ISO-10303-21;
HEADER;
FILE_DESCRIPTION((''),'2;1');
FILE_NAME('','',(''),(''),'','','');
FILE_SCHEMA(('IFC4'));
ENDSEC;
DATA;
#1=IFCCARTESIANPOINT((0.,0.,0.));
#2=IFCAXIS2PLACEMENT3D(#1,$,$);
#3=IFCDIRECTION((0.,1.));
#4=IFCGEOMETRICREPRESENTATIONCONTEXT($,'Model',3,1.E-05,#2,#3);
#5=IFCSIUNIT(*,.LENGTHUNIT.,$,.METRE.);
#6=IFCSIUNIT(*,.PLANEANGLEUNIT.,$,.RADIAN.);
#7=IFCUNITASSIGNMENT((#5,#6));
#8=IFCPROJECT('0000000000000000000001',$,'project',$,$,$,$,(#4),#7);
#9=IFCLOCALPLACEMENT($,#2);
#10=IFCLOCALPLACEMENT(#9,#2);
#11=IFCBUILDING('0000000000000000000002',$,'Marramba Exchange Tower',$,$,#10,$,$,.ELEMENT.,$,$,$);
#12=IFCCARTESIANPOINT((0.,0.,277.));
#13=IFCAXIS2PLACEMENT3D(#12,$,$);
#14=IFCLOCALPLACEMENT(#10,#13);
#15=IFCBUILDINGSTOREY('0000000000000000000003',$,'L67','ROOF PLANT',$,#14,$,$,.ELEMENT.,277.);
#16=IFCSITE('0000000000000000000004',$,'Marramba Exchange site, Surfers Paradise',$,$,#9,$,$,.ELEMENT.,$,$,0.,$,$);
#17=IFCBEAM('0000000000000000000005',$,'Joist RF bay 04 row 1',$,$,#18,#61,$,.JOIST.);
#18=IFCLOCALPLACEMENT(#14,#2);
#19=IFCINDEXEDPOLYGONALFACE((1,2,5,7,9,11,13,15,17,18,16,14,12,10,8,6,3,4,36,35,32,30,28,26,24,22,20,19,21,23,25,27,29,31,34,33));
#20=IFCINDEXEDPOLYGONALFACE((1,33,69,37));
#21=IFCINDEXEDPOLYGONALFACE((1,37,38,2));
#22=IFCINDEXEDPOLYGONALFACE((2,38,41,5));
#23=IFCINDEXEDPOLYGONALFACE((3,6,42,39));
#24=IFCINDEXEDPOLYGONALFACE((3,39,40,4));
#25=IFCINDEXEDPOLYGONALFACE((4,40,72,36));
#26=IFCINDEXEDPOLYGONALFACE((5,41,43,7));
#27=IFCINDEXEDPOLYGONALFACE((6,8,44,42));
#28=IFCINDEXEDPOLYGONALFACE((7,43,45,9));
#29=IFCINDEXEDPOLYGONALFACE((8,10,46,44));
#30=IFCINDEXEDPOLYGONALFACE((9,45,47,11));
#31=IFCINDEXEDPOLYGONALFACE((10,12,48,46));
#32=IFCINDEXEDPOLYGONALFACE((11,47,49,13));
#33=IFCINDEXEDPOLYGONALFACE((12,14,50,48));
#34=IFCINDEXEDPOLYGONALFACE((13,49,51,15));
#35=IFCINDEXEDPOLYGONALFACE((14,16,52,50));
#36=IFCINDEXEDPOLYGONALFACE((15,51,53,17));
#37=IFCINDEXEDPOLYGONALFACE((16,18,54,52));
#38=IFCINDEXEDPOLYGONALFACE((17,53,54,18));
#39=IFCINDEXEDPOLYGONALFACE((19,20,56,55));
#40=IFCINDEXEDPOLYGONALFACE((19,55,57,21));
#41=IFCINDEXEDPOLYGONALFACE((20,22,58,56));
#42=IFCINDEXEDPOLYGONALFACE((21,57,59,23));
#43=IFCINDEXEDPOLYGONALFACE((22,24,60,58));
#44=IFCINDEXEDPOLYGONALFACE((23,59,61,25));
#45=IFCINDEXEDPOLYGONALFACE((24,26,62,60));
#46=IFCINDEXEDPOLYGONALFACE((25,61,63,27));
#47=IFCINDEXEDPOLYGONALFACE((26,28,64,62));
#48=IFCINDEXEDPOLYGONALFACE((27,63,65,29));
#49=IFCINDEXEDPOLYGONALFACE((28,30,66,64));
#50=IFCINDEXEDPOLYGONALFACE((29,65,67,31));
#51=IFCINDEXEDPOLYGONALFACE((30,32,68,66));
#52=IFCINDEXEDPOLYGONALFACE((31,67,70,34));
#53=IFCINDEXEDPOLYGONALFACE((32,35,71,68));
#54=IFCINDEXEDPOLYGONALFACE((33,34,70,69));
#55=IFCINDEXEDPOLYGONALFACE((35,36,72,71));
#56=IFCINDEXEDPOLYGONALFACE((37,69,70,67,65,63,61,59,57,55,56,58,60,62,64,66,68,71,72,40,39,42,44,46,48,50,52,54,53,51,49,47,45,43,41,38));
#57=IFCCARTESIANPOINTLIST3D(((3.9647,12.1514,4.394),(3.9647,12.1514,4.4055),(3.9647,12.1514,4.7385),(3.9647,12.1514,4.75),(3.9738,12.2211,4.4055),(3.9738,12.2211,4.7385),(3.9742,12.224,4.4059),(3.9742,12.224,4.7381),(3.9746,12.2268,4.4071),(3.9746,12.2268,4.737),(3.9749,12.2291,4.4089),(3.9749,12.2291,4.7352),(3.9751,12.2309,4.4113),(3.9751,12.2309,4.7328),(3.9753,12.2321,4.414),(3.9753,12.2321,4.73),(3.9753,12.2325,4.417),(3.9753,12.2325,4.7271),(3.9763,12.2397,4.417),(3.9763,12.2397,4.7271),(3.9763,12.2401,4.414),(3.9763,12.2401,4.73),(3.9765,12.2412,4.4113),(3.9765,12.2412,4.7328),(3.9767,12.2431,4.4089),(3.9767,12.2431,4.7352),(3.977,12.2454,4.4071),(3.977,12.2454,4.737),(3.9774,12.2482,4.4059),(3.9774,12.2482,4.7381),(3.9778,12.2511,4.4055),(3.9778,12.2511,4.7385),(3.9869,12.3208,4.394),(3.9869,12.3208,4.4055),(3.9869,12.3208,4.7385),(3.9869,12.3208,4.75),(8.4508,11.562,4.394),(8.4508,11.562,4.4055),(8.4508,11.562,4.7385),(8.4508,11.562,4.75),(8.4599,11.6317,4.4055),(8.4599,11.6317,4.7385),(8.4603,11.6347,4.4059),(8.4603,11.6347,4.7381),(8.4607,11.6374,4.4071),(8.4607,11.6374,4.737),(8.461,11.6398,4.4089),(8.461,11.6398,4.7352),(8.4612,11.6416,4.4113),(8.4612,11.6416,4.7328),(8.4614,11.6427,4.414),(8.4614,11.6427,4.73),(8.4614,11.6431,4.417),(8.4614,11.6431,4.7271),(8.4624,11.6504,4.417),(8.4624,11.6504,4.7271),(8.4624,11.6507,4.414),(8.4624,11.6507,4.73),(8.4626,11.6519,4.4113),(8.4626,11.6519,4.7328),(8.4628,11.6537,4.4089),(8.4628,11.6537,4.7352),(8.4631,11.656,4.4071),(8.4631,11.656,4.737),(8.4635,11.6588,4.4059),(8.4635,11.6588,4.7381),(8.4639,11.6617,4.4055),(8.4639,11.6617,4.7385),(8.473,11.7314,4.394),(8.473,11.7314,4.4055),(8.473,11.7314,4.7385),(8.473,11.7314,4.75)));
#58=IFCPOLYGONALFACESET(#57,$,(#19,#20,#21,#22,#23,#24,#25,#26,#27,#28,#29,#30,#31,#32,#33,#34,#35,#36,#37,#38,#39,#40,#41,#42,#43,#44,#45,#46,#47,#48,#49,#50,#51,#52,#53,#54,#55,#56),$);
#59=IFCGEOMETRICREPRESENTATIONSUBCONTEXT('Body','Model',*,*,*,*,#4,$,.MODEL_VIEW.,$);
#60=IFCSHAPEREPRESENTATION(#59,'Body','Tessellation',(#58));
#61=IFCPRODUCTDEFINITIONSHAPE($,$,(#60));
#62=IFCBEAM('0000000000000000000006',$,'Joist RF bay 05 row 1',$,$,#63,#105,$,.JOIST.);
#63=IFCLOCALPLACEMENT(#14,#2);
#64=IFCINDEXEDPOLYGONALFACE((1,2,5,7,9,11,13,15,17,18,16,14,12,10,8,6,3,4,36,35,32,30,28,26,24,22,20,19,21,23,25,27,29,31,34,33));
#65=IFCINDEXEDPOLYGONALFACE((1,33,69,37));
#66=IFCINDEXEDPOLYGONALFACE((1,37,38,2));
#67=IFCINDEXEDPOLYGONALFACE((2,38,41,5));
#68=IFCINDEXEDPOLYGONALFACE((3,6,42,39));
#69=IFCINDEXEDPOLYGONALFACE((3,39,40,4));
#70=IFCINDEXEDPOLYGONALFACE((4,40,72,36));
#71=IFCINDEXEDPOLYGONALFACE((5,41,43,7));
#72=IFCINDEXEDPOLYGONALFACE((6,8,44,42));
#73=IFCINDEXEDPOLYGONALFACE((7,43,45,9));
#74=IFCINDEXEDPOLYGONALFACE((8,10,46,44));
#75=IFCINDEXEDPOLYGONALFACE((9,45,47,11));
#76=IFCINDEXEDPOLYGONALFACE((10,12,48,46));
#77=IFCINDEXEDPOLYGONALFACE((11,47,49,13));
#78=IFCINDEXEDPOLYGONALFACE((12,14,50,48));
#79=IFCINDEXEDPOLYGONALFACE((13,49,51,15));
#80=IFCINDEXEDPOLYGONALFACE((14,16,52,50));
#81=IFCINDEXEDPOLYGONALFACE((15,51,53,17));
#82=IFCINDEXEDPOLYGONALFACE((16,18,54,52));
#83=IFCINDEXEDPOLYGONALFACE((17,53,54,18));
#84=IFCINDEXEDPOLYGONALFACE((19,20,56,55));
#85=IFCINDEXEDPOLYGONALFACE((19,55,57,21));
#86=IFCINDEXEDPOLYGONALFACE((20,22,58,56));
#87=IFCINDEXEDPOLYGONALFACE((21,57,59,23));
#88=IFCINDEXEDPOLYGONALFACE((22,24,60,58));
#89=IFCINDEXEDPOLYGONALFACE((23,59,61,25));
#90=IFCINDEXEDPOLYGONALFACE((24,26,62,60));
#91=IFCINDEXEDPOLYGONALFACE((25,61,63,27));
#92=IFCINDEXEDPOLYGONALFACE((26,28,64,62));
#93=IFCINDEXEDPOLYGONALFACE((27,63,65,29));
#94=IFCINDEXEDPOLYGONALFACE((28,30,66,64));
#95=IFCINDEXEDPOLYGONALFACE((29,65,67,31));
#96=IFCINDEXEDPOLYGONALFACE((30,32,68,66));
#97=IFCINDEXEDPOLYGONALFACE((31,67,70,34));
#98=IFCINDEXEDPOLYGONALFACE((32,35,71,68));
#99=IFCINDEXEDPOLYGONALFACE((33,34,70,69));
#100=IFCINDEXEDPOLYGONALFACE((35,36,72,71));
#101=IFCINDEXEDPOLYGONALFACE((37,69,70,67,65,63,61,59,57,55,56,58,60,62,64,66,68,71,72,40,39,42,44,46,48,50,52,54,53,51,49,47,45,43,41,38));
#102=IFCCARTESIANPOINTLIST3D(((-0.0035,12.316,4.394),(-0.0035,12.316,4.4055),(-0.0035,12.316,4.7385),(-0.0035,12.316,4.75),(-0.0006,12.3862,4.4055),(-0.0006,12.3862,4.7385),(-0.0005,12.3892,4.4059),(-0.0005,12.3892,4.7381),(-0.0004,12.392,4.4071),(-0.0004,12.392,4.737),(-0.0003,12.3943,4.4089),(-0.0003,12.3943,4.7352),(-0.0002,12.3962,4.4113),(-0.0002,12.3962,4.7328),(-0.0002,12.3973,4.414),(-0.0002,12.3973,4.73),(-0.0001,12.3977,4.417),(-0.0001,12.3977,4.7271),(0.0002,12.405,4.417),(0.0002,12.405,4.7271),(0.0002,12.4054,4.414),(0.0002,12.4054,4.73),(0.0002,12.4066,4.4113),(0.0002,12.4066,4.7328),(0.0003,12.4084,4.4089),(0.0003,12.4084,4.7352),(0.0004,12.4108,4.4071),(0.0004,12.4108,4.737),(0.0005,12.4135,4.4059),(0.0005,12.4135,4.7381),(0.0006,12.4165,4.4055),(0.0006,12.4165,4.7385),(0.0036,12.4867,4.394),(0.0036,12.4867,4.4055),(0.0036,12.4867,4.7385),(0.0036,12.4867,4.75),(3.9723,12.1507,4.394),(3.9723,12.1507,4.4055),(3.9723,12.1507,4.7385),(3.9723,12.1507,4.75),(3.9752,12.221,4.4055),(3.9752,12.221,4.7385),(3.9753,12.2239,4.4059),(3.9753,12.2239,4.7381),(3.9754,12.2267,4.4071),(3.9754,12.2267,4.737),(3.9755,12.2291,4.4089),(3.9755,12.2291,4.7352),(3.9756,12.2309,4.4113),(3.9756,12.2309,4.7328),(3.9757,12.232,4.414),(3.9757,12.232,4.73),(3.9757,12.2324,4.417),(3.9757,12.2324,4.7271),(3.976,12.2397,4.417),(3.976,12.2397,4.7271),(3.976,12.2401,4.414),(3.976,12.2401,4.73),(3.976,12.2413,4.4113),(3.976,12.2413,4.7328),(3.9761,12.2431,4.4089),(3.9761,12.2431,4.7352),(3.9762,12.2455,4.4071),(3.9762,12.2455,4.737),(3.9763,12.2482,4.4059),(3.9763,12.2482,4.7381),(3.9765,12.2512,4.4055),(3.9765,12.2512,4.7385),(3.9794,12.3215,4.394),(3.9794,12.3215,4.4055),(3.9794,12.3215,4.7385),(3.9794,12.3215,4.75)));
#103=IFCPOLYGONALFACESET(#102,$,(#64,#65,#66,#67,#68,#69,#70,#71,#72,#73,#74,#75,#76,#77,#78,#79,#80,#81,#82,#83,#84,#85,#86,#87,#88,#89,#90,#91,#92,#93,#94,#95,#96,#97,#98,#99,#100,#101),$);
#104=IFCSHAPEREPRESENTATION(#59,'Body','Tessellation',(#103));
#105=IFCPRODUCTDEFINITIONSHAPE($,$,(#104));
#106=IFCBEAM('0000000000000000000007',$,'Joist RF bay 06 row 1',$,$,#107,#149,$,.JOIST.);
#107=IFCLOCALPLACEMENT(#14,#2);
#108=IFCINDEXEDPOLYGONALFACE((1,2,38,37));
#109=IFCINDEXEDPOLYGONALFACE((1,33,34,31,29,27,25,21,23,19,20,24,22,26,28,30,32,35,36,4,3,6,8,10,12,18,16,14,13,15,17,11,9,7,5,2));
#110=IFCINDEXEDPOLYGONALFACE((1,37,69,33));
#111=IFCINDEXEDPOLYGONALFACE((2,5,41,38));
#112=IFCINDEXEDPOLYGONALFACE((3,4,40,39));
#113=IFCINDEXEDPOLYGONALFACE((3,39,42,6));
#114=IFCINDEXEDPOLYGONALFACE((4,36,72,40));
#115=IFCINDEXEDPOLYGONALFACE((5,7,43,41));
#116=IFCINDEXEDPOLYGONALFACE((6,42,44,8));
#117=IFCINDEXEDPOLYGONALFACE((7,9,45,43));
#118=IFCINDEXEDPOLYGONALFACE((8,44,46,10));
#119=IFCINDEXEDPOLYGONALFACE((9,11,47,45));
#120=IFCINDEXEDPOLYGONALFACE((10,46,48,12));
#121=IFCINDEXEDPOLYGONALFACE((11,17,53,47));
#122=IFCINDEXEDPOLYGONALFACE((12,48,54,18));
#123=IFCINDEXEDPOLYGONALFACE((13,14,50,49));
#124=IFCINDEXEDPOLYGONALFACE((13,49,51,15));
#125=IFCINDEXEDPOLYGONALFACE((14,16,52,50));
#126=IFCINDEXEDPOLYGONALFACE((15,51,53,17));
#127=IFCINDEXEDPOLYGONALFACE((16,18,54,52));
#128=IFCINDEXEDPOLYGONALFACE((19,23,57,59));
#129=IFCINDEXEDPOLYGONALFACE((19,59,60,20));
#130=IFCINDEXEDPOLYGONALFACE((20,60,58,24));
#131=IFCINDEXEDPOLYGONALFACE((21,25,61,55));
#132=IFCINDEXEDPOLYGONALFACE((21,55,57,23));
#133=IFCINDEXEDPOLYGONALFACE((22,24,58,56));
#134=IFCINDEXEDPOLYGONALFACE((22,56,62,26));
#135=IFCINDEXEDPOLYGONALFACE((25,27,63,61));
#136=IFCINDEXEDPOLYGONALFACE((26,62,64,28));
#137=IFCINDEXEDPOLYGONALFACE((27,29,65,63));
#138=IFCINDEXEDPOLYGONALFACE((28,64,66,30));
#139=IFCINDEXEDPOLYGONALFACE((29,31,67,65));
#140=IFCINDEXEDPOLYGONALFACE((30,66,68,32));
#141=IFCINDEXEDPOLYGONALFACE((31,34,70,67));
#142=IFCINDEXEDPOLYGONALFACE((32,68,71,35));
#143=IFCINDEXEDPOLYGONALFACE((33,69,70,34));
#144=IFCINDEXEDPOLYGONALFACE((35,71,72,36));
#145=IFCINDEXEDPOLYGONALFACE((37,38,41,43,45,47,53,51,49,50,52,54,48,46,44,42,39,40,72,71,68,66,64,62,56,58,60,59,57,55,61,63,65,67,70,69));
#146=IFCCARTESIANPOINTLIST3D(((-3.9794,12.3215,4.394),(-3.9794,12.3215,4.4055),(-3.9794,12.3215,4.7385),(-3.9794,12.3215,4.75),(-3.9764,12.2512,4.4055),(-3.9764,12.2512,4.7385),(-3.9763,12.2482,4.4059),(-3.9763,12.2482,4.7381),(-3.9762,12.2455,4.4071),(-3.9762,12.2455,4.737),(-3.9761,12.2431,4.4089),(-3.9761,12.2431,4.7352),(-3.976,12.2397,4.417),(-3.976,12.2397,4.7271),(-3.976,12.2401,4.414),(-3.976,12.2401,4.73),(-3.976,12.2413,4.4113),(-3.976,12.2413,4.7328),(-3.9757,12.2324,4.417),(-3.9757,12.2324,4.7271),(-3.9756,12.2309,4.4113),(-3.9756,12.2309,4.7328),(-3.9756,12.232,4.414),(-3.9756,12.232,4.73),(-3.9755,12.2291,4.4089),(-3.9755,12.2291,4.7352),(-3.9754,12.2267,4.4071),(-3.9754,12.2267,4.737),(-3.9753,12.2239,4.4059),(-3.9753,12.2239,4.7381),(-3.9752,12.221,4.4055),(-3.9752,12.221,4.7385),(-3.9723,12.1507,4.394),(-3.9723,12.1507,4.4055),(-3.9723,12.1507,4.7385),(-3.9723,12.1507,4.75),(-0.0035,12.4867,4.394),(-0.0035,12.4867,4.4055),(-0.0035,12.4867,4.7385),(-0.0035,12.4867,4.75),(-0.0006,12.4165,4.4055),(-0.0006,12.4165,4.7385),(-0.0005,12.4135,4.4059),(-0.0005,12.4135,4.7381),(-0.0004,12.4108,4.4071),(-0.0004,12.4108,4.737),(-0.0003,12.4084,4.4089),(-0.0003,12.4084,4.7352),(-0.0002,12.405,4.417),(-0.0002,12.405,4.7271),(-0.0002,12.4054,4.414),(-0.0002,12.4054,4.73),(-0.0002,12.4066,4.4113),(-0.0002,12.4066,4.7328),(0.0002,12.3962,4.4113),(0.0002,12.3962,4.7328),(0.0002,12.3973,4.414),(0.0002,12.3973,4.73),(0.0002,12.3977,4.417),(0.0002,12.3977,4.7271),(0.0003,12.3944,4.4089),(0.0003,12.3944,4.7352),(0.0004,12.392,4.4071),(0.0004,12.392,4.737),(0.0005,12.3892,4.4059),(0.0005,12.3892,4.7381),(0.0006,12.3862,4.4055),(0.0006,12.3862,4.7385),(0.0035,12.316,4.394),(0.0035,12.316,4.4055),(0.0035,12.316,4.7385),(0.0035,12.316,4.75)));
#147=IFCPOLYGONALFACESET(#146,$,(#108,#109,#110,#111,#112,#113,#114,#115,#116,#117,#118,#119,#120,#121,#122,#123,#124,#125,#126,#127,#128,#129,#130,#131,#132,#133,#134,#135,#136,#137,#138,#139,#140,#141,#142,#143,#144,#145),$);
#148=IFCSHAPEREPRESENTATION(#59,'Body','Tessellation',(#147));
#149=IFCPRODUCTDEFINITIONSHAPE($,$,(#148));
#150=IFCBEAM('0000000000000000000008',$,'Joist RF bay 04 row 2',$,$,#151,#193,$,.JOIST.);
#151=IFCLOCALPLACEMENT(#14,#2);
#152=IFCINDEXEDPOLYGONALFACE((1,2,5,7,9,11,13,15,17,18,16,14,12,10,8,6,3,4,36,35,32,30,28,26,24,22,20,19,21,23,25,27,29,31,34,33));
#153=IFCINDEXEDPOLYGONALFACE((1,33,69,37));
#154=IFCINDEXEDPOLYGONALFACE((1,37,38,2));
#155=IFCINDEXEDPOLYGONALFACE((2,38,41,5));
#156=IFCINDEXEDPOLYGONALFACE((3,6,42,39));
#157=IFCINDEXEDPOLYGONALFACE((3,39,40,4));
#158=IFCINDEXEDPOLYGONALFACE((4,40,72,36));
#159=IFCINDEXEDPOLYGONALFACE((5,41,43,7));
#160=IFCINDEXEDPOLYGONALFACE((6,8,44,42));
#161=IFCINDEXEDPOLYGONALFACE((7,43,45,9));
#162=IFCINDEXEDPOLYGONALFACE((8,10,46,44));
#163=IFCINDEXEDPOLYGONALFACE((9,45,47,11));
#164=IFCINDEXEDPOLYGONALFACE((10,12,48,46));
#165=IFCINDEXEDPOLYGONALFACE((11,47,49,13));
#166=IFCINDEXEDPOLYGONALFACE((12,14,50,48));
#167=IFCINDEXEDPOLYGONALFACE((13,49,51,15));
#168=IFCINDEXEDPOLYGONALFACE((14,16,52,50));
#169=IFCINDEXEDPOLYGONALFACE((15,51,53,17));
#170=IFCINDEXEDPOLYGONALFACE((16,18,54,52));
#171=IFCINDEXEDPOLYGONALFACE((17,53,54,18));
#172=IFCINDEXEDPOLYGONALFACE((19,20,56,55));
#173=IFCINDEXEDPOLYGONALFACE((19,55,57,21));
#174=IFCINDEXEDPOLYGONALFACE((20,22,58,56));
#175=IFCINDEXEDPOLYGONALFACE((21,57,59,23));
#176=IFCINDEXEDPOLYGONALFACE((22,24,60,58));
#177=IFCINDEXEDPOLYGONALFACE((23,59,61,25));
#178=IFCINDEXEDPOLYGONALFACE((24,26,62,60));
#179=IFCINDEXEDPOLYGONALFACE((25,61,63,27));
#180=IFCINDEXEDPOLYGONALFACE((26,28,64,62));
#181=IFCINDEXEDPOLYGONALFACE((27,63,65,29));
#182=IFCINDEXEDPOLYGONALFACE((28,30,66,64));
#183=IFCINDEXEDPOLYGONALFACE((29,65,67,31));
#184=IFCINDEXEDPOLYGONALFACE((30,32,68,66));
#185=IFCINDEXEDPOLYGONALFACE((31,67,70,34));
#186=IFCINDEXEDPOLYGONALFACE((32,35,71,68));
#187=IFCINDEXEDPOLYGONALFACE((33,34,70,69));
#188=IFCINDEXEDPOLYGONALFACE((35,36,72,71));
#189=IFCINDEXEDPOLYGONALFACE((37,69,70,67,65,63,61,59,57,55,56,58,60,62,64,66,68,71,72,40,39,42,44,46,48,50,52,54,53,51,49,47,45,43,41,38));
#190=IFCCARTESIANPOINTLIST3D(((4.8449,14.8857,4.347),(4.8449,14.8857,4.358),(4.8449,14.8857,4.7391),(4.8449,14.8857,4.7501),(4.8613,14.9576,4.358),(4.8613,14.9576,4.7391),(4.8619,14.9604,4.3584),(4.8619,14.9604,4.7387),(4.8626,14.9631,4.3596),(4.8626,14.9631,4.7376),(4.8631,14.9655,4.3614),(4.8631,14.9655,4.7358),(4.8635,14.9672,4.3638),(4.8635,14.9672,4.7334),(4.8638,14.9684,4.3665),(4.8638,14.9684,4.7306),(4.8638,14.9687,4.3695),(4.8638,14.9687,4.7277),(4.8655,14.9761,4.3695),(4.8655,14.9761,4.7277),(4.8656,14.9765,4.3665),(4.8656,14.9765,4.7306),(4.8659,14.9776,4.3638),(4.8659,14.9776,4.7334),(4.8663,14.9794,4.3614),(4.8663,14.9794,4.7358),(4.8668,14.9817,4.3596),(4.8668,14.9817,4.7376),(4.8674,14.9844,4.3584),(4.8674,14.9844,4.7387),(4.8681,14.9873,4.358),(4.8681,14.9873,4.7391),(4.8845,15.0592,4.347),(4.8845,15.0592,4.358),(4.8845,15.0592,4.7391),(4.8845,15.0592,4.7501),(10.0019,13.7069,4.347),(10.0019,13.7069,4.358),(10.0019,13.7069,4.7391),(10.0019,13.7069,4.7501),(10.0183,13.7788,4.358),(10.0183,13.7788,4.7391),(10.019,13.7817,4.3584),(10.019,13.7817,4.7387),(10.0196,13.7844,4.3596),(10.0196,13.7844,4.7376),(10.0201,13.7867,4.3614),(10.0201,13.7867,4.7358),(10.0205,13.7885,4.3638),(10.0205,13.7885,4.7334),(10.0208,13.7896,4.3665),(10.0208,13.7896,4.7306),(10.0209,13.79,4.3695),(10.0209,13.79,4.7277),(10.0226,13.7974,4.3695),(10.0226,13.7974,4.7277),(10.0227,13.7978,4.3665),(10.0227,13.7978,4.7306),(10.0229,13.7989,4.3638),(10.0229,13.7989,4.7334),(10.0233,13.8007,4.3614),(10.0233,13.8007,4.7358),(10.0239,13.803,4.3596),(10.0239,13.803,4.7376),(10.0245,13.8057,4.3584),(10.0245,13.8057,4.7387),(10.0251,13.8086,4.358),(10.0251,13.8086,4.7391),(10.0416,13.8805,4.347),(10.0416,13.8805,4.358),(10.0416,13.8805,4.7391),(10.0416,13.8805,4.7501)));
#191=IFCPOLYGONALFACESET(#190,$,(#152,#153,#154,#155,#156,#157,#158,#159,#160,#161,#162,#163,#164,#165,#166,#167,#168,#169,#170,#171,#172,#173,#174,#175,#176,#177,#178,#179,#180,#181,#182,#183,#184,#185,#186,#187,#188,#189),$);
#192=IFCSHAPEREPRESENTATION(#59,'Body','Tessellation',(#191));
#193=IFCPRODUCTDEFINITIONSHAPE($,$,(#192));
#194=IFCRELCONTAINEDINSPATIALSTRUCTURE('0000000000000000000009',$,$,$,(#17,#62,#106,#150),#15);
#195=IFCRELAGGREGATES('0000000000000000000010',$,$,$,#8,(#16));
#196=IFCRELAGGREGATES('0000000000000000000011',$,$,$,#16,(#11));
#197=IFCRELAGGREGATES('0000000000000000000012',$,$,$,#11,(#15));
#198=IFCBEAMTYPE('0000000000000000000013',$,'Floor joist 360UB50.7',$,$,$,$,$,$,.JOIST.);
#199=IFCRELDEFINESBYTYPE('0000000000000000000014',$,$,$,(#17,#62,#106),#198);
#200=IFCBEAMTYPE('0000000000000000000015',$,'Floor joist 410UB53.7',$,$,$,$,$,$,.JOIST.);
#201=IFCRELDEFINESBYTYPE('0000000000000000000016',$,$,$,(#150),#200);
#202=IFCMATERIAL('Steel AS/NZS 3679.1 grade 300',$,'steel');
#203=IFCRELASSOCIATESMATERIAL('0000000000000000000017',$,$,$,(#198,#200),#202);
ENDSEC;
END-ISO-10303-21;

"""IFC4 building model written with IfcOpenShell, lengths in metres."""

from ifc_helpers import new_model, si_unit, direction, frame, origin, origin_2d, place, context, subcontext, project, spatial, i_section, extrude, material, material_profile, profile_set, type_object, element, save


model = new_model("IFC4")

# Units and contexts
model_context = context("Model", 3, precision=1e-05, world=origin(), true_north=direction((0.0, 1.0)))
body_context = subcontext(model_context, "Body", "Model", "MODEL_VIEW")
ifc_project = project(units=[si_unit("LENGTHUNIT", "METRE"), si_unit("PLANEANGLEUNIT", "RADIAN")], contexts=[model_context])

# Site, building, storey
site_placement = place(None, origin())
site = spatial("IfcSite", under=ifc_project, at=site_placement, Name="Marramba Exchange site, Surfers Paradise", CompositionType="ELEMENT", RefElevation=0.0)
building_placement = place(site_placement, origin())
building = spatial("IfcBuilding", under=site, at=building_placement, Name="Marramba Exchange Tower", CompositionType="ELEMENT")
storey_placement = place(building_placement, frame((0.0, 0.0, 277.0)))
storey = spatial("IfcBuildingStorey", under=building, at=storey_placement, Name="L67", Description="ROOF PLANT", CompositionType="ELEMENT", Elevation=277.0)

# Beams
ifc_material_1 = material(Name="Steel AS/NZS 3679.1 grade 300", Category="steel")
ifc_material_profile_1 = material_profile(ifc_material_1, i_section(OverallWidth=0.1709, OverallDepth=0.356, WebThickness=0.0073, FlangeThickness=0.0115, FilletRadius=0.0115, at=origin_2d()), Name="360UB50.7")
ifc_profile_set_1 = profile_set([ifc_material_profile_1], Name="Steel AS/NZS 3679.1 grade 300")
beam_type_1 = type_object("IfcBeamType", Name="Floor joist 360UB50.7", PredefinedType="JOIST", material=ifc_profile_set_1)
beam_1_placement = place(storey_placement, frame((8.4619, 11.6467, 4.572), z_axis=(-0.991481, 0.130255, 0.0), x_axis=(-0.130255, -0.991481, 0.0)))
element("IfcBeam", 1, at=beam_1_placement, inside=storey, type_object=beam_type_1, Name="Joist RF bay 04 row 1", PredefinedType="JOIST", context=body_context, shape_type="SweptSolid", body=[
    extrude(i_section(OverallWidth=0.1709, OverallDepth=0.356, WebThickness=0.0073, FlangeThickness=0.0115, FilletRadius=0.0115, at=origin_2d()), origin(), (0.0, 0.0, 1.0), 4.5247),
])
for number, where, z_axis, x_axis, name in (
    (2, (3.9758, 12.2361, 4.572), (-0.999137, 0.041536, 0.0), (-0.041536, -0.999137, 0.0), "Joist RF bay 05 row 1"),
    (3, (0.0, 12.4014, 4.572), (-0.999137, -0.041536, 0.0), (0.041536, -0.999137, 0.0), "Joist RF bay 06 row 1"),
):
    element("IfcBeam", number, at=place(storey_placement, frame(where, z_axis=z_axis, x_axis=x_axis)), inside=storey, type_object=beam_type_1, Name=name, PredefinedType="JOIST", context=body_context, shape_type="SweptSolid", body=[
        extrude(i_section(OverallWidth=0.1709, OverallDepth=0.356, WebThickness=0.0073, FlangeThickness=0.0115, FilletRadius=0.0115, at=origin_2d()), origin(), (0.0, 0.0, 1.0), 3.9792),
    ])
ifc_material_profile_2 = material_profile(ifc_material_1, i_section(OverallWidth=0.178, OverallDepth=0.4031, WebThickness=0.0076, FlangeThickness=0.011, FilletRadius=0.0115, at=origin_2d()), Name="410UB53.7")
ifc_profile_set_2 = profile_set([ifc_material_profile_2], Name="Steel AS/NZS 3679.1 grade 300")
beam_type_2 = type_object("IfcBeamType", Name="Floor joist 410UB53.7", PredefinedType="JOIST", material=ifc_profile_set_2)
beam_2_placement = place(storey_placement, frame((10.0217, 13.7937, 4.5486), z_axis=(-0.97486, 0.22282, 0.0), x_axis=(-0.22282, -0.97486, 0.0)))
element("IfcBeam", 4, at=beam_2_placement, inside=storey, type_object=beam_type_2, Name="Joist RF bay 04 row 2", PredefinedType="JOIST", context=body_context, shape_type="SweptSolid", body=[
    extrude(i_section(OverallWidth=0.178, OverallDepth=0.4031, WebThickness=0.0076, FlangeThickness=0.011, FilletRadius=0.0115, at=origin_2d()), origin(), (0.0, 0.0, 1.0), 5.29),
])

save(model, "model.ifc")
